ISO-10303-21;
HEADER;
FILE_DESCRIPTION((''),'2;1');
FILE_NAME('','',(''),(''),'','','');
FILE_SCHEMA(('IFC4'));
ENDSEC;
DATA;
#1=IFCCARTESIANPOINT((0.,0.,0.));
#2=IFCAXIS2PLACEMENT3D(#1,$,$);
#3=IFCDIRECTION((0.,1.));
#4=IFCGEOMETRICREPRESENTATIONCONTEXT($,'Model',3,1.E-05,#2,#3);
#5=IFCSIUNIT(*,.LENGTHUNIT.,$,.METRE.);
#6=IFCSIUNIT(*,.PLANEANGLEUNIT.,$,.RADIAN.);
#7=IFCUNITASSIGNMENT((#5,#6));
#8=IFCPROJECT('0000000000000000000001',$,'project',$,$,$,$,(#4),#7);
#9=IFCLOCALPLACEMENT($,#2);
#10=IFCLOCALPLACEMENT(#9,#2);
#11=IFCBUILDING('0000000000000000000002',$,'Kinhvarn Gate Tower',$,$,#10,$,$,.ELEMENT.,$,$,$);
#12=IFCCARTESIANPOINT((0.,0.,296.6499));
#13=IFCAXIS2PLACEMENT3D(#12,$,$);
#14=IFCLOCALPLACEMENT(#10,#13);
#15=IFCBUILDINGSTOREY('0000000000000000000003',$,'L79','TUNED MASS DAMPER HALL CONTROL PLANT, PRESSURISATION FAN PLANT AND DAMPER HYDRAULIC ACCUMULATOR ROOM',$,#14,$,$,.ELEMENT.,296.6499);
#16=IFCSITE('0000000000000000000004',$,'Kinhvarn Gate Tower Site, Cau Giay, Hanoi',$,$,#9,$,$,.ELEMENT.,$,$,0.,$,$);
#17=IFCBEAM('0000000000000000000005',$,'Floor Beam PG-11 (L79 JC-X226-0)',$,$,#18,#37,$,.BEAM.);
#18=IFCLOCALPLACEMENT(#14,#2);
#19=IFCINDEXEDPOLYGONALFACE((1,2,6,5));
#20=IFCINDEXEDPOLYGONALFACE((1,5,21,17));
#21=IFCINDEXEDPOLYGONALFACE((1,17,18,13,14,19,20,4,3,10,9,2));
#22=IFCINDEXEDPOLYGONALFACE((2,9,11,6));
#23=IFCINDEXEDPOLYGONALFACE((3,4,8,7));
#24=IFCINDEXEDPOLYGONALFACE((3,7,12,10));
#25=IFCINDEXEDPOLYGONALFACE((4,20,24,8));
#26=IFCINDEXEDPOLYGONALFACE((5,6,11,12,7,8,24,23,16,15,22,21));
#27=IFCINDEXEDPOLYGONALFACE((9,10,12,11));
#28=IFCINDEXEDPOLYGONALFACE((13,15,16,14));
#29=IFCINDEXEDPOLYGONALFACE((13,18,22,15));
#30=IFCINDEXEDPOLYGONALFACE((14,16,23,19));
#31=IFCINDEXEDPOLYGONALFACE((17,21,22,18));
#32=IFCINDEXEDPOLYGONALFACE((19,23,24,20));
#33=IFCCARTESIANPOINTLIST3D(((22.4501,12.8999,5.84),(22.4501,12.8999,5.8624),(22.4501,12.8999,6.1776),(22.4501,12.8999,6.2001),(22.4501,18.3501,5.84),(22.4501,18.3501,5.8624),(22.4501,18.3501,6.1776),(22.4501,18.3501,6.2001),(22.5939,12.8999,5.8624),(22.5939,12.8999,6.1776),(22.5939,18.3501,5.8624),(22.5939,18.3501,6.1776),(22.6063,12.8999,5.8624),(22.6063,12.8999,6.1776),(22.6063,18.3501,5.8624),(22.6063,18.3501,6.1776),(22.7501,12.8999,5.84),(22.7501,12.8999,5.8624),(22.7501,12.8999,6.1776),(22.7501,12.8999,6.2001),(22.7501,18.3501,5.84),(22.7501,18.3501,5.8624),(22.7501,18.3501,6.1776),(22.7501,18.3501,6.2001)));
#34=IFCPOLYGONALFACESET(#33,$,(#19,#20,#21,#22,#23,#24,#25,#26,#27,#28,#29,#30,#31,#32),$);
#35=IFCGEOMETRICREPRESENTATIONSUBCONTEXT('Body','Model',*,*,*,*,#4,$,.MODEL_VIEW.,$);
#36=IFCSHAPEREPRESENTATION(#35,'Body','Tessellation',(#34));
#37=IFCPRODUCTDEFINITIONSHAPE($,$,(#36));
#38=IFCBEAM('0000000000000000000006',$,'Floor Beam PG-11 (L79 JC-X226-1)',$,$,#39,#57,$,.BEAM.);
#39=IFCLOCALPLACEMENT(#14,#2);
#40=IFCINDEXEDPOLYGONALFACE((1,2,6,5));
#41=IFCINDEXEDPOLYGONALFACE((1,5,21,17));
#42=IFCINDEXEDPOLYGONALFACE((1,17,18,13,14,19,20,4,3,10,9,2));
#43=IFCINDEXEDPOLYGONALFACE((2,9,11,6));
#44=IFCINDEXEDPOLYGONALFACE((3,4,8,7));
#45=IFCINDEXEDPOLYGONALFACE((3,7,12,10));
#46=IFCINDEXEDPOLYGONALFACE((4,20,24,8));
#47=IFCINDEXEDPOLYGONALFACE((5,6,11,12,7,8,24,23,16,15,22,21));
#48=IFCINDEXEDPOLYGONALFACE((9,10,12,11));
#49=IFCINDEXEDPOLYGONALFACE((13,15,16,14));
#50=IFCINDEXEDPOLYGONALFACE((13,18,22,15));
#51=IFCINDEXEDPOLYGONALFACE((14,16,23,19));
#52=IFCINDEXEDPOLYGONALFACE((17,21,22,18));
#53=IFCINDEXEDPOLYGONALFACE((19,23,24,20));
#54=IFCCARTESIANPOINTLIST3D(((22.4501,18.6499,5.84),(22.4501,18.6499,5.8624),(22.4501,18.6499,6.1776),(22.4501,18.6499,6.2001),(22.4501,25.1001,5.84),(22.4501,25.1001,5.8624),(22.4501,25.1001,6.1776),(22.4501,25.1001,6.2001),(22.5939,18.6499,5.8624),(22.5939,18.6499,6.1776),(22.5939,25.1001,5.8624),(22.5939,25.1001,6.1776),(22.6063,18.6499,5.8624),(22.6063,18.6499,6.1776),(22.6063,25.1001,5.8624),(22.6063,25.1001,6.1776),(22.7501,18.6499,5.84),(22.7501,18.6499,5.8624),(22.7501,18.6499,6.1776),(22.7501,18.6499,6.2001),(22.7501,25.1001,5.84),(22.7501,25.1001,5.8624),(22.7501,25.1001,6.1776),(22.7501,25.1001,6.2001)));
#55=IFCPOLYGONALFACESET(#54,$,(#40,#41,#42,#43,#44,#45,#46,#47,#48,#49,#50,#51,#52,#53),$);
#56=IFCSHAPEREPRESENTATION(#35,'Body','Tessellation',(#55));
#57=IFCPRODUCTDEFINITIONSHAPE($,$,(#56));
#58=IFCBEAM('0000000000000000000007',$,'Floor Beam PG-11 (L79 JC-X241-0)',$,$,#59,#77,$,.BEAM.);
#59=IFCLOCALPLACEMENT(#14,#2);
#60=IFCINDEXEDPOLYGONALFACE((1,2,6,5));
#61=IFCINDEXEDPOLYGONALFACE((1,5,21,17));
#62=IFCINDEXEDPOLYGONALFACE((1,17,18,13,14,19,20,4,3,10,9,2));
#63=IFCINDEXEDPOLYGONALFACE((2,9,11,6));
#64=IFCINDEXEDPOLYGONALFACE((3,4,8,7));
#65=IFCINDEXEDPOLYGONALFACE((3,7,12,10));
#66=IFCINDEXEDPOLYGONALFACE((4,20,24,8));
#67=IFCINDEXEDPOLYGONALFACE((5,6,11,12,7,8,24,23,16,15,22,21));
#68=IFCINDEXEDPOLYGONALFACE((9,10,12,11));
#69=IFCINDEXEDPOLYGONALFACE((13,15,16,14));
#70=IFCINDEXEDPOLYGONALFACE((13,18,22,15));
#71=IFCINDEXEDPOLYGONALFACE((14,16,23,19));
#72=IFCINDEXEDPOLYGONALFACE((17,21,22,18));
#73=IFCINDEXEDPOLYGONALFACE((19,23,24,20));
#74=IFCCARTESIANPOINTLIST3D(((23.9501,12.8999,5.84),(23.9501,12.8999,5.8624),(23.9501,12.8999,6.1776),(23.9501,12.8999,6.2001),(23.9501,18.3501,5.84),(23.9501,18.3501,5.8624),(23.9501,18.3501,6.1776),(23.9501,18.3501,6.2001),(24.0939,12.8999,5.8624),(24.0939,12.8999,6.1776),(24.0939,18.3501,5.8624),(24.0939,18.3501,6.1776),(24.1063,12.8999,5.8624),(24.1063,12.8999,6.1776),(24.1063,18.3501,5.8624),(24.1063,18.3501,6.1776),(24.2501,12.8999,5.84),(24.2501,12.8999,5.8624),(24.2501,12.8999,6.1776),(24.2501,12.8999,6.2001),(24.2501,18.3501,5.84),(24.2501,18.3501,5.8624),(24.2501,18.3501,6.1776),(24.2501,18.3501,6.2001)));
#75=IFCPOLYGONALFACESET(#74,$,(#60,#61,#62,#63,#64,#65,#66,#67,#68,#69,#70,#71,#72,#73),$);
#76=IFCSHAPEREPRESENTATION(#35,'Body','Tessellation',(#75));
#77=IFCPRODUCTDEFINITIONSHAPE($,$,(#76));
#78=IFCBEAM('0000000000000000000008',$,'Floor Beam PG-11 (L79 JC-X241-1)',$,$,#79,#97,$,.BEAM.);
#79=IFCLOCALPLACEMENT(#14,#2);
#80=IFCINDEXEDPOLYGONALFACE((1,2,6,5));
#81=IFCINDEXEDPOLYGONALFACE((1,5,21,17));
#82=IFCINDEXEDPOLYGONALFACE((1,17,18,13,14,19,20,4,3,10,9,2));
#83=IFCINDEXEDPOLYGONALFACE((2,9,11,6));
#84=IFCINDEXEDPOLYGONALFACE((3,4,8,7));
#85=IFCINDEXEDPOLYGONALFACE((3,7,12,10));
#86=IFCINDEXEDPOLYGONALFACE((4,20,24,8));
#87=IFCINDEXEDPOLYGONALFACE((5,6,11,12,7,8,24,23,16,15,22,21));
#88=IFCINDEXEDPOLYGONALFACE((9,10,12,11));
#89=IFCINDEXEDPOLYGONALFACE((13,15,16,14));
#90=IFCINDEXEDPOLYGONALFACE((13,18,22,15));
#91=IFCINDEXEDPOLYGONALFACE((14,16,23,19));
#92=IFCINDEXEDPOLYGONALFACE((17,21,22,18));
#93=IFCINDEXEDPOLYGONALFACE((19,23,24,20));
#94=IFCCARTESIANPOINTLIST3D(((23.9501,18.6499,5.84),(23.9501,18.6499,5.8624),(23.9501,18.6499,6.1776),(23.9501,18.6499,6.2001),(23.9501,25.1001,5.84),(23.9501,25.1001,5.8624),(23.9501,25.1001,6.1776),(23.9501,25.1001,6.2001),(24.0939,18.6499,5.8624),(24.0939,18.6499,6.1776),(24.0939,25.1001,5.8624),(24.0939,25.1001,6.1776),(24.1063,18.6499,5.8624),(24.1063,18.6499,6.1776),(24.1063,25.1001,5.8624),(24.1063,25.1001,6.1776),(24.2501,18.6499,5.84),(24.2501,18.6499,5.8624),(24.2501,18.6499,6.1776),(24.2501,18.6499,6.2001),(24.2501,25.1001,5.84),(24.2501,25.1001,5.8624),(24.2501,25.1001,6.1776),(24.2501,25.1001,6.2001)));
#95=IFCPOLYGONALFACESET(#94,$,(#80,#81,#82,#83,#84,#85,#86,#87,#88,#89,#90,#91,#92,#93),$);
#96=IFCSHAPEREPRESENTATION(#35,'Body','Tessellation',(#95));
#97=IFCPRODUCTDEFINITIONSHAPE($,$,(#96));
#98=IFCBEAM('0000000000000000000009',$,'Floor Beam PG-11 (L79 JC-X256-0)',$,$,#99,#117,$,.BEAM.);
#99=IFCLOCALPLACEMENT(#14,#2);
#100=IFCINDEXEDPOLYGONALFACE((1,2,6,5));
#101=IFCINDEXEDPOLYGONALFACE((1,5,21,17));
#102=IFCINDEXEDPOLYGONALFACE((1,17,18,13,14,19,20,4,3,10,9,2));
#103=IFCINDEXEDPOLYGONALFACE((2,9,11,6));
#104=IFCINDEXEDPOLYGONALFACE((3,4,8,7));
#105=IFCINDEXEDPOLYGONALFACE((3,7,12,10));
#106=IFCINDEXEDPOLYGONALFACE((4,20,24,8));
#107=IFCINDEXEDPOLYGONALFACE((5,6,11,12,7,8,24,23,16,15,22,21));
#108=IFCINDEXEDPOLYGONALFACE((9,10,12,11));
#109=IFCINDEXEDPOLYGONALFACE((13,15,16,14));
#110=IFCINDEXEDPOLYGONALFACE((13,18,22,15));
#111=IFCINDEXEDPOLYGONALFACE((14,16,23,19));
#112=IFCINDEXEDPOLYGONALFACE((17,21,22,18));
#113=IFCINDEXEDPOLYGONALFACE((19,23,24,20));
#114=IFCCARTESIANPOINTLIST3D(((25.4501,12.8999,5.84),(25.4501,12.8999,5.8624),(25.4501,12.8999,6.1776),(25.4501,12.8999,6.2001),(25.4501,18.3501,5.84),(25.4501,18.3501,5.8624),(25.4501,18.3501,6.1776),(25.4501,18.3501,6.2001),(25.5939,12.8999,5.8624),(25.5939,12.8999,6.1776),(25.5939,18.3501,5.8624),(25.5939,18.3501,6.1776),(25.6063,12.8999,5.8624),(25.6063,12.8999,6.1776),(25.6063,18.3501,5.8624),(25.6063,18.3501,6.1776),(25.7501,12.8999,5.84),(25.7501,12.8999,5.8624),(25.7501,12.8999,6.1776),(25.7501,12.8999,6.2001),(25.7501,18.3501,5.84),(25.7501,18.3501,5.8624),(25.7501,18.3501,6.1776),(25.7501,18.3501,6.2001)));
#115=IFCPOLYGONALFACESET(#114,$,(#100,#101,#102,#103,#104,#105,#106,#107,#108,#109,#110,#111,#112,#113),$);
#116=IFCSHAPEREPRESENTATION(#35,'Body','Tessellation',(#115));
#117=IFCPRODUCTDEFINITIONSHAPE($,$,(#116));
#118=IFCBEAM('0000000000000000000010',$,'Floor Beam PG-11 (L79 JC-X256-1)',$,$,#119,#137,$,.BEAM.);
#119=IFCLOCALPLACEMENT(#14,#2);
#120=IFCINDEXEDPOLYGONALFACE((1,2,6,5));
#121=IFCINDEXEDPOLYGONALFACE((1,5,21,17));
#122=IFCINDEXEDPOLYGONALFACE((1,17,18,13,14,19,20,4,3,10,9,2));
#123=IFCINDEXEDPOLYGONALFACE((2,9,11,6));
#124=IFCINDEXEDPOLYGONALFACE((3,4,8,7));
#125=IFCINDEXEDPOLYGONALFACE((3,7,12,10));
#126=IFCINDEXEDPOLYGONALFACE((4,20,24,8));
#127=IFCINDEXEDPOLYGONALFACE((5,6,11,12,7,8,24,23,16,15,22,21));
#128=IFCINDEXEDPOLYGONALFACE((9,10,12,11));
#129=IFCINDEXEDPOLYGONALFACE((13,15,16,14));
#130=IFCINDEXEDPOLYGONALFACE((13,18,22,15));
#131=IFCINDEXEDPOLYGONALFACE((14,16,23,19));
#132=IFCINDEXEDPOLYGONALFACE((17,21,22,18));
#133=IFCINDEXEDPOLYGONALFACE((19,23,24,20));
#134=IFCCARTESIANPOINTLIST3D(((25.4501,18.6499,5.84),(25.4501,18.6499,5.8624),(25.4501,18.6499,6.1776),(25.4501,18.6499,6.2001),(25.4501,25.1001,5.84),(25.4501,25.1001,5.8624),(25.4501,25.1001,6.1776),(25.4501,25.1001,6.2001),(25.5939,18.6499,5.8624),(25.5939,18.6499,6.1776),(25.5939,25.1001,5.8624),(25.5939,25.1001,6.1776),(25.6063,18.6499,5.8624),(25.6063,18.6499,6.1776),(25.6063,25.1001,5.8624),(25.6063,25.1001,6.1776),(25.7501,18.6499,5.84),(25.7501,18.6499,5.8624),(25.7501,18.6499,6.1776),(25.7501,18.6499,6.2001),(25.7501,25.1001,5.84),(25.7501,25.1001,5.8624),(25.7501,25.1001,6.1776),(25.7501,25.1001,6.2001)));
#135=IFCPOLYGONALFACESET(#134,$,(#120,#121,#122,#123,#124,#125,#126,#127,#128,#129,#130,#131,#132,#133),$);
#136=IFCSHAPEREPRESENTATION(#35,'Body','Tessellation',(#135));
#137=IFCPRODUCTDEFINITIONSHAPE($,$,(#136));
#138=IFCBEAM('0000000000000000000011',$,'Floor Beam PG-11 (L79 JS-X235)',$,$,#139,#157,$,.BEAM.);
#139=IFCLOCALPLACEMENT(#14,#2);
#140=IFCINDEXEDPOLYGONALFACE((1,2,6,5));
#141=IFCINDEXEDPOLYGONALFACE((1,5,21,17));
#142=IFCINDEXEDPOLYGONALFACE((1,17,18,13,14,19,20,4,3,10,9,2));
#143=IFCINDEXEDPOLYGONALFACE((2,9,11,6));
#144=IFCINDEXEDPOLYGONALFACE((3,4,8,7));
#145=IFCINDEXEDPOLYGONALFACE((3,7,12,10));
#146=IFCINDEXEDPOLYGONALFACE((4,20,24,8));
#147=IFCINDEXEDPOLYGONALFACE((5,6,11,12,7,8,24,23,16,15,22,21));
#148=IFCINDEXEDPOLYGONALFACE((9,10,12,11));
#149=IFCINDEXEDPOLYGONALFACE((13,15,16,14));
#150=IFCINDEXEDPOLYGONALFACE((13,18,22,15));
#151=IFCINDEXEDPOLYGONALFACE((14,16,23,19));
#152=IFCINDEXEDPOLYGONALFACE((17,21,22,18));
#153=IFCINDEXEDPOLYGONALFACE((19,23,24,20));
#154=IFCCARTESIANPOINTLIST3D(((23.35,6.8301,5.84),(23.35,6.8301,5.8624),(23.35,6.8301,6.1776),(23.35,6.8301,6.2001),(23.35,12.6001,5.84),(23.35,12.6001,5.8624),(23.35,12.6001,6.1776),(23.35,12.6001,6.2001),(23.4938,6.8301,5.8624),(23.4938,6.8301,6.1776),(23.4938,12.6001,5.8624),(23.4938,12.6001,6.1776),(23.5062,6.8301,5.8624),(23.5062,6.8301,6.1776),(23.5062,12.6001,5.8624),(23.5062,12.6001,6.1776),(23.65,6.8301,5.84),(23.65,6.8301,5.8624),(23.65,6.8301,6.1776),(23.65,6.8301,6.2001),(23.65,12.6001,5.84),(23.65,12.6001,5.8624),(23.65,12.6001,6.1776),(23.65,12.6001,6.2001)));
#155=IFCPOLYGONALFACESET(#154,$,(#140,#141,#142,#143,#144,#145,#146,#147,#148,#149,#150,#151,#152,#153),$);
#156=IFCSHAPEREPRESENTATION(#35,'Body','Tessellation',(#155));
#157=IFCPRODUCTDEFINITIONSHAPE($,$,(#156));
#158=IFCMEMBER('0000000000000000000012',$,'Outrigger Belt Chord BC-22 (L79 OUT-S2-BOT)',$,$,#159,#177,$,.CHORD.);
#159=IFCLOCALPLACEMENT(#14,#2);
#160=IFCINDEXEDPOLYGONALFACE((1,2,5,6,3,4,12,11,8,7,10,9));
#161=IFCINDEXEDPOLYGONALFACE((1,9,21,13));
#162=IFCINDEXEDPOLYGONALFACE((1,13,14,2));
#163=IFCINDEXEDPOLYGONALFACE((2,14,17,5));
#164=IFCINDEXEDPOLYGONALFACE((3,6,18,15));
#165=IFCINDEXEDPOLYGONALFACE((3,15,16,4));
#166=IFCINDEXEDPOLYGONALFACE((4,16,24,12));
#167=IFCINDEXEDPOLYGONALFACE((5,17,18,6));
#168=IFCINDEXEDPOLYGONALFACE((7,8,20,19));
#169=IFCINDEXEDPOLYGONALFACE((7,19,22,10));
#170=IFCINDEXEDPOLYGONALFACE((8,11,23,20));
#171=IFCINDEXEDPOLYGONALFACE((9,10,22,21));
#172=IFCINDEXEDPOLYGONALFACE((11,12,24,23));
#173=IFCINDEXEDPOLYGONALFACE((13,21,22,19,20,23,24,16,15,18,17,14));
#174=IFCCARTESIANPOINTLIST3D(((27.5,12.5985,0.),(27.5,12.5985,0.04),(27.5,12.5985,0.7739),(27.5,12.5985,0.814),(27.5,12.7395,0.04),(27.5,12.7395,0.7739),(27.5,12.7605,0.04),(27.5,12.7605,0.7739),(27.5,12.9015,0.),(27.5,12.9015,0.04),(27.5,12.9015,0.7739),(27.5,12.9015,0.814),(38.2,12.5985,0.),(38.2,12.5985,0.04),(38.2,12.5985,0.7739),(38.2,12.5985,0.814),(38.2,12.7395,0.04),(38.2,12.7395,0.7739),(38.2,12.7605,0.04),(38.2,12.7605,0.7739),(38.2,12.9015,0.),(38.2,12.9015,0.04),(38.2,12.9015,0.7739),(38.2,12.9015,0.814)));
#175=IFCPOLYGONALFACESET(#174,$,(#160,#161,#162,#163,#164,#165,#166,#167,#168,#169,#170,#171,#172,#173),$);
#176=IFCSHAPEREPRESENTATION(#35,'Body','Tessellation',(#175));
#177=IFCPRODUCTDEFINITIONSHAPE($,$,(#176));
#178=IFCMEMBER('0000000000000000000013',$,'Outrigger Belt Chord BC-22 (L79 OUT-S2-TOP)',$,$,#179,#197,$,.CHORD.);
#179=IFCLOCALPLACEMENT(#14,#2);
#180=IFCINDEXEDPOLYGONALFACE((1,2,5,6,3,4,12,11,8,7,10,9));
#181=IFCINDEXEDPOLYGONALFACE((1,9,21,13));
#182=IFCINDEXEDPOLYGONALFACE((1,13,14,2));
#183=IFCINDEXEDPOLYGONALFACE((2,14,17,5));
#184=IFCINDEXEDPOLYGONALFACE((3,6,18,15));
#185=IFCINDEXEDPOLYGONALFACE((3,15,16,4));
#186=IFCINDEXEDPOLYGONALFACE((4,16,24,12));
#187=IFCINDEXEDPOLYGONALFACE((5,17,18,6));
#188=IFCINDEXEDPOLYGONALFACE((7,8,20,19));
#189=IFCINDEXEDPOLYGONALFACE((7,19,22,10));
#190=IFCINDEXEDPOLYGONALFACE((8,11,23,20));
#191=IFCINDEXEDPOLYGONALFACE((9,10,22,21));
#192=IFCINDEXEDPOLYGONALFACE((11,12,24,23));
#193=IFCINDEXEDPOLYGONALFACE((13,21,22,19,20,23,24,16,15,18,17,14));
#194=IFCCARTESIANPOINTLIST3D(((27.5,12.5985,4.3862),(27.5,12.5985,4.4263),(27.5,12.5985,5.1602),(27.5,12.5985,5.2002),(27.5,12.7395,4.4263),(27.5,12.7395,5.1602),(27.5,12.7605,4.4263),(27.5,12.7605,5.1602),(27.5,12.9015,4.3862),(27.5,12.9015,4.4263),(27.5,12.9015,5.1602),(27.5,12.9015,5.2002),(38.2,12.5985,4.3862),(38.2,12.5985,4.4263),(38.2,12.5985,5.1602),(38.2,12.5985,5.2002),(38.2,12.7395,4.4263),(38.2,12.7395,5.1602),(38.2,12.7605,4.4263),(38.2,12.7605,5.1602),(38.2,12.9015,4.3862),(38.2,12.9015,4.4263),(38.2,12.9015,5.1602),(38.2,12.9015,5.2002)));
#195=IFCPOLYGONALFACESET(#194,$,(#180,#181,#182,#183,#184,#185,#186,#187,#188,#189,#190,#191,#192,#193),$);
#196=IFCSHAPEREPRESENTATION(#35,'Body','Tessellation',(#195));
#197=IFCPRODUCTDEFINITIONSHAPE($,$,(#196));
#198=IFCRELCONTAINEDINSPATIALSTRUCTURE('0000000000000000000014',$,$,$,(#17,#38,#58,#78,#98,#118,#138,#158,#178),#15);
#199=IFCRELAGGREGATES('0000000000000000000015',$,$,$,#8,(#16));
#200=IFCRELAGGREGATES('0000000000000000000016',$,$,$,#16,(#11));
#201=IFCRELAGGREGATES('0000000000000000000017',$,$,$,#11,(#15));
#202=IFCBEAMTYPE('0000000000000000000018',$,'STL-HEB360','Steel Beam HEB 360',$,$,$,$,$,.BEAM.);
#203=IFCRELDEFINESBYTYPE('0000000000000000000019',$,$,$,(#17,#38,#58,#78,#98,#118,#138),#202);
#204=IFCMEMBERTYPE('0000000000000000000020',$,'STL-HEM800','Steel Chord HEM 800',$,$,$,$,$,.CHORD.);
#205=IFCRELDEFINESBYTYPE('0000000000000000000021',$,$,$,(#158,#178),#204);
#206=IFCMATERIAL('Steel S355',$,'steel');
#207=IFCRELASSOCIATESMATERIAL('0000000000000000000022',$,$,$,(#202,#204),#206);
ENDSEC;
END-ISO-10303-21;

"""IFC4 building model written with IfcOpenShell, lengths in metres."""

from ifc_helpers import new_model, si_unit, direction, frame, origin, origin_2d, place, context, subcontext, project, spatial, i_section, extrude, material, material_profile, profile_set, type_object, element, save


model = new_model("IFC4")

# Units and contexts
model_context = context("Model", 3, precision=1e-05, world=origin(), true_north=direction((0.0, 1.0)))
body_context = subcontext(model_context, "Body", "Model", "MODEL_VIEW")
ifc_project = project(units=[si_unit("LENGTHUNIT", "METRE"), si_unit("PLANEANGLEUNIT", "RADIAN")], contexts=[model_context])

# Site, building, storey
site_placement = place(None, origin())
site = spatial("IfcSite", under=ifc_project, at=site_placement, Name="Kinhvarn Gate Tower Site, Cau Giay, Hanoi", CompositionType="ELEMENT", RefElevation=0.0)
building_placement = place(site_placement, origin())
building = spatial("IfcBuilding", under=site, at=building_placement, Name="Kinhvarn Gate Tower", CompositionType="ELEMENT")
storey_placement = place(building_placement, frame((0.0, 0.0, 296.6499)))
storey = spatial("IfcBuildingStorey", under=building, at=storey_placement, Name="L79", Description="TUNED MASS DAMPER HALL CONTROL PLANT, PRESSURISATION FAN PLANT AND DAMPER HYDRAULIC ACCUMULATOR ROOM", CompositionType="ELEMENT", Elevation=296.6499)

# Shared definitions
ifc_material_1 = material(Name="Steel S355", Category="steel")

# Beams
ifc_material_profile_1 = material_profile(ifc_material_1, i_section(OverallWidth=0.3, OverallDepth=0.3601, WebThickness=0.0125, FlangeThickness=0.0225, at=origin_2d()), Name="HEB 360")
ifc_profile_set_1 = profile_set([ifc_material_profile_1], Name="Steel S355")
beam_type_1 = type_object("IfcBeamType", Name="STL-HEB360", Description="Steel Beam HEB 360", PredefinedType="BEAM", material=ifc_profile_set_1)
beam_1_placement = place(storey_placement, frame((22.6001, 12.8999, 6.02), z_axis=(0.0, 1.0, 0.0), x_axis=(-1.0, 0.0, 0.0)))
element("IfcBeam", 1, at=beam_1_placement, inside=storey, type_object=beam_type_1, Name="Floor Beam PG-11 (L79 JC-X226-0)", PredefinedType="BEAM", context=body_context, shape_type="SweptSolid", body=[
    extrude(i_section(OverallWidth=0.3, OverallDepth=0.3601, WebThickness=0.0125, FlangeThickness=0.0225, at=origin_2d()), origin(), (0.0, 0.0, 1.0), 5.4502),
])
beam_2_placement = place(storey_placement, frame((22.6001, 18.6499, 6.02), z_axis=(0.0, 1.0, 0.0), x_axis=(-1.0, 0.0, 0.0)))
element("IfcBeam", 2, at=beam_2_placement, inside=storey, type_object=beam_type_1, Name="Floor Beam PG-11 (L79 JC-X226-1)", PredefinedType="BEAM", context=body_context, shape_type="SweptSolid", body=[
    extrude(i_section(OverallWidth=0.3, OverallDepth=0.3601, WebThickness=0.0125, FlangeThickness=0.0225, at=origin_2d()), origin(), (0.0, 0.0, 1.0), 6.4502),
])
beam_3_placement = place(storey_placement, frame((24.1001, 12.8999, 6.02), z_axis=(0.0, 1.0, 0.0), x_axis=(-1.0, 0.0, 0.0)))
element("IfcBeam", 3, at=beam_3_placement, inside=storey, type_object=beam_type_1, Name="Floor Beam PG-11 (L79 JC-X241-0)", PredefinedType="BEAM", context=body_context, shape_type="SweptSolid", body=[
    extrude(i_section(OverallWidth=0.3, OverallDepth=0.3601, WebThickness=0.0125, FlangeThickness=0.0225, at=origin_2d()), origin(), (0.0, 0.0, 1.0), 5.4502),
])
beam_4_placement = place(storey_placement, frame((24.1001, 18.6499, 6.02), z_axis=(0.0, 1.0, 0.0), x_axis=(-1.0, 0.0, 0.0)))
element("IfcBeam", 4, at=beam_4_placement, inside=storey, type_object=beam_type_1, Name="Floor Beam PG-11 (L79 JC-X241-1)", PredefinedType="BEAM", context=body_context, shape_type="SweptSolid", body=[
    extrude(i_section(OverallWidth=0.3, OverallDepth=0.3601, WebThickness=0.0125, FlangeThickness=0.0225, at=origin_2d()), origin(), (0.0, 0.0, 1.0), 6.4502),
])
beam_5_placement = place(storey_placement, frame((25.6001, 12.8999, 6.02), z_axis=(0.0, 1.0, 0.0), x_axis=(-1.0, 0.0, 0.0)))
element("IfcBeam", 5, at=beam_5_placement, inside=storey, type_object=beam_type_1, Name="Floor Beam PG-11 (L79 JC-X256-0)", PredefinedType="BEAM", context=body_context, shape_type="SweptSolid", body=[
    extrude(i_section(OverallWidth=0.3, OverallDepth=0.3601, WebThickness=0.0125, FlangeThickness=0.0225, at=origin_2d()), origin(), (0.0, 0.0, 1.0), 5.4502),
])
beam_6_placement = place(storey_placement, frame((25.6001, 18.6499, 6.02), z_axis=(0.0, 1.0, 0.0), x_axis=(-1.0, 0.0, 0.0)))
element("IfcBeam", 6, at=beam_6_placement, inside=storey, type_object=beam_type_1, Name="Floor Beam PG-11 (L79 JC-X256-1)", PredefinedType="BEAM", context=body_context, shape_type="SweptSolid", body=[
    extrude(i_section(OverallWidth=0.3, OverallDepth=0.3601, WebThickness=0.0125, FlangeThickness=0.0225, at=origin_2d()), origin(), (0.0, 0.0, 1.0), 6.4502),
])
beam_7_placement = place(storey_placement, frame((23.5, 6.8301, 6.02), z_axis=(0.0, 1.0, 0.0), x_axis=(-1.0, 0.0, 0.0)))
element("IfcBeam", 7, at=beam_7_placement, inside=storey, type_object=beam_type_1, Name="Floor Beam PG-11 (L79 JS-X235)", PredefinedType="BEAM", context=body_context, shape_type="SweptSolid", body=[
    extrude(i_section(OverallWidth=0.3, OverallDepth=0.3601, WebThickness=0.0125, FlangeThickness=0.0225, at=origin_2d()), origin(), (0.0, 0.0, 1.0), 5.77),
])

# Members
ifc_material_profile_2 = material_profile(ifc_material_1, i_section(OverallWidth=0.303, OverallDepth=0.814, WebThickness=0.021, FlangeThickness=0.04, at=origin_2d()), Name="HEM 800")
ifc_profile_set_2 = profile_set([ifc_material_profile_2], Name="Steel S355")
member_type_1 = type_object("IfcMemberType", Name="STL-HEM800", Description="Steel Chord HEM 800", PredefinedType="CHORD", material=ifc_profile_set_2)
for number, where, z_axis, x_axis, name in (
    (8, (27.5, 12.75, 0.407), (1.0, 0.0, 0.0), (0.0, 1.0, 0.0), "Outrigger Belt Chord BC-22 (L79 OUT-S2-BOT)"),
    (9, (27.5, 12.75, 4.7932), (1.0, 0.0, 0.0), (0.0, 1.0, 0.0), "Outrigger Belt Chord BC-22 (L79 OUT-S2-TOP)"),
):
    element("IfcMember", number, at=place(storey_placement, frame(where, z_axis=z_axis, x_axis=x_axis)), inside=storey, type_object=member_type_1, Name=name, PredefinedType="CHORD", context=body_context, shape_type="SweptSolid", body=[
        extrude(i_section(OverallWidth=0.303, OverallDepth=0.814, WebThickness=0.021, FlangeThickness=0.04, at=origin_2d()), origin(), (0.0, 0.0, 1.0), 10.7),
    ])

save(model, "model.ifc")
